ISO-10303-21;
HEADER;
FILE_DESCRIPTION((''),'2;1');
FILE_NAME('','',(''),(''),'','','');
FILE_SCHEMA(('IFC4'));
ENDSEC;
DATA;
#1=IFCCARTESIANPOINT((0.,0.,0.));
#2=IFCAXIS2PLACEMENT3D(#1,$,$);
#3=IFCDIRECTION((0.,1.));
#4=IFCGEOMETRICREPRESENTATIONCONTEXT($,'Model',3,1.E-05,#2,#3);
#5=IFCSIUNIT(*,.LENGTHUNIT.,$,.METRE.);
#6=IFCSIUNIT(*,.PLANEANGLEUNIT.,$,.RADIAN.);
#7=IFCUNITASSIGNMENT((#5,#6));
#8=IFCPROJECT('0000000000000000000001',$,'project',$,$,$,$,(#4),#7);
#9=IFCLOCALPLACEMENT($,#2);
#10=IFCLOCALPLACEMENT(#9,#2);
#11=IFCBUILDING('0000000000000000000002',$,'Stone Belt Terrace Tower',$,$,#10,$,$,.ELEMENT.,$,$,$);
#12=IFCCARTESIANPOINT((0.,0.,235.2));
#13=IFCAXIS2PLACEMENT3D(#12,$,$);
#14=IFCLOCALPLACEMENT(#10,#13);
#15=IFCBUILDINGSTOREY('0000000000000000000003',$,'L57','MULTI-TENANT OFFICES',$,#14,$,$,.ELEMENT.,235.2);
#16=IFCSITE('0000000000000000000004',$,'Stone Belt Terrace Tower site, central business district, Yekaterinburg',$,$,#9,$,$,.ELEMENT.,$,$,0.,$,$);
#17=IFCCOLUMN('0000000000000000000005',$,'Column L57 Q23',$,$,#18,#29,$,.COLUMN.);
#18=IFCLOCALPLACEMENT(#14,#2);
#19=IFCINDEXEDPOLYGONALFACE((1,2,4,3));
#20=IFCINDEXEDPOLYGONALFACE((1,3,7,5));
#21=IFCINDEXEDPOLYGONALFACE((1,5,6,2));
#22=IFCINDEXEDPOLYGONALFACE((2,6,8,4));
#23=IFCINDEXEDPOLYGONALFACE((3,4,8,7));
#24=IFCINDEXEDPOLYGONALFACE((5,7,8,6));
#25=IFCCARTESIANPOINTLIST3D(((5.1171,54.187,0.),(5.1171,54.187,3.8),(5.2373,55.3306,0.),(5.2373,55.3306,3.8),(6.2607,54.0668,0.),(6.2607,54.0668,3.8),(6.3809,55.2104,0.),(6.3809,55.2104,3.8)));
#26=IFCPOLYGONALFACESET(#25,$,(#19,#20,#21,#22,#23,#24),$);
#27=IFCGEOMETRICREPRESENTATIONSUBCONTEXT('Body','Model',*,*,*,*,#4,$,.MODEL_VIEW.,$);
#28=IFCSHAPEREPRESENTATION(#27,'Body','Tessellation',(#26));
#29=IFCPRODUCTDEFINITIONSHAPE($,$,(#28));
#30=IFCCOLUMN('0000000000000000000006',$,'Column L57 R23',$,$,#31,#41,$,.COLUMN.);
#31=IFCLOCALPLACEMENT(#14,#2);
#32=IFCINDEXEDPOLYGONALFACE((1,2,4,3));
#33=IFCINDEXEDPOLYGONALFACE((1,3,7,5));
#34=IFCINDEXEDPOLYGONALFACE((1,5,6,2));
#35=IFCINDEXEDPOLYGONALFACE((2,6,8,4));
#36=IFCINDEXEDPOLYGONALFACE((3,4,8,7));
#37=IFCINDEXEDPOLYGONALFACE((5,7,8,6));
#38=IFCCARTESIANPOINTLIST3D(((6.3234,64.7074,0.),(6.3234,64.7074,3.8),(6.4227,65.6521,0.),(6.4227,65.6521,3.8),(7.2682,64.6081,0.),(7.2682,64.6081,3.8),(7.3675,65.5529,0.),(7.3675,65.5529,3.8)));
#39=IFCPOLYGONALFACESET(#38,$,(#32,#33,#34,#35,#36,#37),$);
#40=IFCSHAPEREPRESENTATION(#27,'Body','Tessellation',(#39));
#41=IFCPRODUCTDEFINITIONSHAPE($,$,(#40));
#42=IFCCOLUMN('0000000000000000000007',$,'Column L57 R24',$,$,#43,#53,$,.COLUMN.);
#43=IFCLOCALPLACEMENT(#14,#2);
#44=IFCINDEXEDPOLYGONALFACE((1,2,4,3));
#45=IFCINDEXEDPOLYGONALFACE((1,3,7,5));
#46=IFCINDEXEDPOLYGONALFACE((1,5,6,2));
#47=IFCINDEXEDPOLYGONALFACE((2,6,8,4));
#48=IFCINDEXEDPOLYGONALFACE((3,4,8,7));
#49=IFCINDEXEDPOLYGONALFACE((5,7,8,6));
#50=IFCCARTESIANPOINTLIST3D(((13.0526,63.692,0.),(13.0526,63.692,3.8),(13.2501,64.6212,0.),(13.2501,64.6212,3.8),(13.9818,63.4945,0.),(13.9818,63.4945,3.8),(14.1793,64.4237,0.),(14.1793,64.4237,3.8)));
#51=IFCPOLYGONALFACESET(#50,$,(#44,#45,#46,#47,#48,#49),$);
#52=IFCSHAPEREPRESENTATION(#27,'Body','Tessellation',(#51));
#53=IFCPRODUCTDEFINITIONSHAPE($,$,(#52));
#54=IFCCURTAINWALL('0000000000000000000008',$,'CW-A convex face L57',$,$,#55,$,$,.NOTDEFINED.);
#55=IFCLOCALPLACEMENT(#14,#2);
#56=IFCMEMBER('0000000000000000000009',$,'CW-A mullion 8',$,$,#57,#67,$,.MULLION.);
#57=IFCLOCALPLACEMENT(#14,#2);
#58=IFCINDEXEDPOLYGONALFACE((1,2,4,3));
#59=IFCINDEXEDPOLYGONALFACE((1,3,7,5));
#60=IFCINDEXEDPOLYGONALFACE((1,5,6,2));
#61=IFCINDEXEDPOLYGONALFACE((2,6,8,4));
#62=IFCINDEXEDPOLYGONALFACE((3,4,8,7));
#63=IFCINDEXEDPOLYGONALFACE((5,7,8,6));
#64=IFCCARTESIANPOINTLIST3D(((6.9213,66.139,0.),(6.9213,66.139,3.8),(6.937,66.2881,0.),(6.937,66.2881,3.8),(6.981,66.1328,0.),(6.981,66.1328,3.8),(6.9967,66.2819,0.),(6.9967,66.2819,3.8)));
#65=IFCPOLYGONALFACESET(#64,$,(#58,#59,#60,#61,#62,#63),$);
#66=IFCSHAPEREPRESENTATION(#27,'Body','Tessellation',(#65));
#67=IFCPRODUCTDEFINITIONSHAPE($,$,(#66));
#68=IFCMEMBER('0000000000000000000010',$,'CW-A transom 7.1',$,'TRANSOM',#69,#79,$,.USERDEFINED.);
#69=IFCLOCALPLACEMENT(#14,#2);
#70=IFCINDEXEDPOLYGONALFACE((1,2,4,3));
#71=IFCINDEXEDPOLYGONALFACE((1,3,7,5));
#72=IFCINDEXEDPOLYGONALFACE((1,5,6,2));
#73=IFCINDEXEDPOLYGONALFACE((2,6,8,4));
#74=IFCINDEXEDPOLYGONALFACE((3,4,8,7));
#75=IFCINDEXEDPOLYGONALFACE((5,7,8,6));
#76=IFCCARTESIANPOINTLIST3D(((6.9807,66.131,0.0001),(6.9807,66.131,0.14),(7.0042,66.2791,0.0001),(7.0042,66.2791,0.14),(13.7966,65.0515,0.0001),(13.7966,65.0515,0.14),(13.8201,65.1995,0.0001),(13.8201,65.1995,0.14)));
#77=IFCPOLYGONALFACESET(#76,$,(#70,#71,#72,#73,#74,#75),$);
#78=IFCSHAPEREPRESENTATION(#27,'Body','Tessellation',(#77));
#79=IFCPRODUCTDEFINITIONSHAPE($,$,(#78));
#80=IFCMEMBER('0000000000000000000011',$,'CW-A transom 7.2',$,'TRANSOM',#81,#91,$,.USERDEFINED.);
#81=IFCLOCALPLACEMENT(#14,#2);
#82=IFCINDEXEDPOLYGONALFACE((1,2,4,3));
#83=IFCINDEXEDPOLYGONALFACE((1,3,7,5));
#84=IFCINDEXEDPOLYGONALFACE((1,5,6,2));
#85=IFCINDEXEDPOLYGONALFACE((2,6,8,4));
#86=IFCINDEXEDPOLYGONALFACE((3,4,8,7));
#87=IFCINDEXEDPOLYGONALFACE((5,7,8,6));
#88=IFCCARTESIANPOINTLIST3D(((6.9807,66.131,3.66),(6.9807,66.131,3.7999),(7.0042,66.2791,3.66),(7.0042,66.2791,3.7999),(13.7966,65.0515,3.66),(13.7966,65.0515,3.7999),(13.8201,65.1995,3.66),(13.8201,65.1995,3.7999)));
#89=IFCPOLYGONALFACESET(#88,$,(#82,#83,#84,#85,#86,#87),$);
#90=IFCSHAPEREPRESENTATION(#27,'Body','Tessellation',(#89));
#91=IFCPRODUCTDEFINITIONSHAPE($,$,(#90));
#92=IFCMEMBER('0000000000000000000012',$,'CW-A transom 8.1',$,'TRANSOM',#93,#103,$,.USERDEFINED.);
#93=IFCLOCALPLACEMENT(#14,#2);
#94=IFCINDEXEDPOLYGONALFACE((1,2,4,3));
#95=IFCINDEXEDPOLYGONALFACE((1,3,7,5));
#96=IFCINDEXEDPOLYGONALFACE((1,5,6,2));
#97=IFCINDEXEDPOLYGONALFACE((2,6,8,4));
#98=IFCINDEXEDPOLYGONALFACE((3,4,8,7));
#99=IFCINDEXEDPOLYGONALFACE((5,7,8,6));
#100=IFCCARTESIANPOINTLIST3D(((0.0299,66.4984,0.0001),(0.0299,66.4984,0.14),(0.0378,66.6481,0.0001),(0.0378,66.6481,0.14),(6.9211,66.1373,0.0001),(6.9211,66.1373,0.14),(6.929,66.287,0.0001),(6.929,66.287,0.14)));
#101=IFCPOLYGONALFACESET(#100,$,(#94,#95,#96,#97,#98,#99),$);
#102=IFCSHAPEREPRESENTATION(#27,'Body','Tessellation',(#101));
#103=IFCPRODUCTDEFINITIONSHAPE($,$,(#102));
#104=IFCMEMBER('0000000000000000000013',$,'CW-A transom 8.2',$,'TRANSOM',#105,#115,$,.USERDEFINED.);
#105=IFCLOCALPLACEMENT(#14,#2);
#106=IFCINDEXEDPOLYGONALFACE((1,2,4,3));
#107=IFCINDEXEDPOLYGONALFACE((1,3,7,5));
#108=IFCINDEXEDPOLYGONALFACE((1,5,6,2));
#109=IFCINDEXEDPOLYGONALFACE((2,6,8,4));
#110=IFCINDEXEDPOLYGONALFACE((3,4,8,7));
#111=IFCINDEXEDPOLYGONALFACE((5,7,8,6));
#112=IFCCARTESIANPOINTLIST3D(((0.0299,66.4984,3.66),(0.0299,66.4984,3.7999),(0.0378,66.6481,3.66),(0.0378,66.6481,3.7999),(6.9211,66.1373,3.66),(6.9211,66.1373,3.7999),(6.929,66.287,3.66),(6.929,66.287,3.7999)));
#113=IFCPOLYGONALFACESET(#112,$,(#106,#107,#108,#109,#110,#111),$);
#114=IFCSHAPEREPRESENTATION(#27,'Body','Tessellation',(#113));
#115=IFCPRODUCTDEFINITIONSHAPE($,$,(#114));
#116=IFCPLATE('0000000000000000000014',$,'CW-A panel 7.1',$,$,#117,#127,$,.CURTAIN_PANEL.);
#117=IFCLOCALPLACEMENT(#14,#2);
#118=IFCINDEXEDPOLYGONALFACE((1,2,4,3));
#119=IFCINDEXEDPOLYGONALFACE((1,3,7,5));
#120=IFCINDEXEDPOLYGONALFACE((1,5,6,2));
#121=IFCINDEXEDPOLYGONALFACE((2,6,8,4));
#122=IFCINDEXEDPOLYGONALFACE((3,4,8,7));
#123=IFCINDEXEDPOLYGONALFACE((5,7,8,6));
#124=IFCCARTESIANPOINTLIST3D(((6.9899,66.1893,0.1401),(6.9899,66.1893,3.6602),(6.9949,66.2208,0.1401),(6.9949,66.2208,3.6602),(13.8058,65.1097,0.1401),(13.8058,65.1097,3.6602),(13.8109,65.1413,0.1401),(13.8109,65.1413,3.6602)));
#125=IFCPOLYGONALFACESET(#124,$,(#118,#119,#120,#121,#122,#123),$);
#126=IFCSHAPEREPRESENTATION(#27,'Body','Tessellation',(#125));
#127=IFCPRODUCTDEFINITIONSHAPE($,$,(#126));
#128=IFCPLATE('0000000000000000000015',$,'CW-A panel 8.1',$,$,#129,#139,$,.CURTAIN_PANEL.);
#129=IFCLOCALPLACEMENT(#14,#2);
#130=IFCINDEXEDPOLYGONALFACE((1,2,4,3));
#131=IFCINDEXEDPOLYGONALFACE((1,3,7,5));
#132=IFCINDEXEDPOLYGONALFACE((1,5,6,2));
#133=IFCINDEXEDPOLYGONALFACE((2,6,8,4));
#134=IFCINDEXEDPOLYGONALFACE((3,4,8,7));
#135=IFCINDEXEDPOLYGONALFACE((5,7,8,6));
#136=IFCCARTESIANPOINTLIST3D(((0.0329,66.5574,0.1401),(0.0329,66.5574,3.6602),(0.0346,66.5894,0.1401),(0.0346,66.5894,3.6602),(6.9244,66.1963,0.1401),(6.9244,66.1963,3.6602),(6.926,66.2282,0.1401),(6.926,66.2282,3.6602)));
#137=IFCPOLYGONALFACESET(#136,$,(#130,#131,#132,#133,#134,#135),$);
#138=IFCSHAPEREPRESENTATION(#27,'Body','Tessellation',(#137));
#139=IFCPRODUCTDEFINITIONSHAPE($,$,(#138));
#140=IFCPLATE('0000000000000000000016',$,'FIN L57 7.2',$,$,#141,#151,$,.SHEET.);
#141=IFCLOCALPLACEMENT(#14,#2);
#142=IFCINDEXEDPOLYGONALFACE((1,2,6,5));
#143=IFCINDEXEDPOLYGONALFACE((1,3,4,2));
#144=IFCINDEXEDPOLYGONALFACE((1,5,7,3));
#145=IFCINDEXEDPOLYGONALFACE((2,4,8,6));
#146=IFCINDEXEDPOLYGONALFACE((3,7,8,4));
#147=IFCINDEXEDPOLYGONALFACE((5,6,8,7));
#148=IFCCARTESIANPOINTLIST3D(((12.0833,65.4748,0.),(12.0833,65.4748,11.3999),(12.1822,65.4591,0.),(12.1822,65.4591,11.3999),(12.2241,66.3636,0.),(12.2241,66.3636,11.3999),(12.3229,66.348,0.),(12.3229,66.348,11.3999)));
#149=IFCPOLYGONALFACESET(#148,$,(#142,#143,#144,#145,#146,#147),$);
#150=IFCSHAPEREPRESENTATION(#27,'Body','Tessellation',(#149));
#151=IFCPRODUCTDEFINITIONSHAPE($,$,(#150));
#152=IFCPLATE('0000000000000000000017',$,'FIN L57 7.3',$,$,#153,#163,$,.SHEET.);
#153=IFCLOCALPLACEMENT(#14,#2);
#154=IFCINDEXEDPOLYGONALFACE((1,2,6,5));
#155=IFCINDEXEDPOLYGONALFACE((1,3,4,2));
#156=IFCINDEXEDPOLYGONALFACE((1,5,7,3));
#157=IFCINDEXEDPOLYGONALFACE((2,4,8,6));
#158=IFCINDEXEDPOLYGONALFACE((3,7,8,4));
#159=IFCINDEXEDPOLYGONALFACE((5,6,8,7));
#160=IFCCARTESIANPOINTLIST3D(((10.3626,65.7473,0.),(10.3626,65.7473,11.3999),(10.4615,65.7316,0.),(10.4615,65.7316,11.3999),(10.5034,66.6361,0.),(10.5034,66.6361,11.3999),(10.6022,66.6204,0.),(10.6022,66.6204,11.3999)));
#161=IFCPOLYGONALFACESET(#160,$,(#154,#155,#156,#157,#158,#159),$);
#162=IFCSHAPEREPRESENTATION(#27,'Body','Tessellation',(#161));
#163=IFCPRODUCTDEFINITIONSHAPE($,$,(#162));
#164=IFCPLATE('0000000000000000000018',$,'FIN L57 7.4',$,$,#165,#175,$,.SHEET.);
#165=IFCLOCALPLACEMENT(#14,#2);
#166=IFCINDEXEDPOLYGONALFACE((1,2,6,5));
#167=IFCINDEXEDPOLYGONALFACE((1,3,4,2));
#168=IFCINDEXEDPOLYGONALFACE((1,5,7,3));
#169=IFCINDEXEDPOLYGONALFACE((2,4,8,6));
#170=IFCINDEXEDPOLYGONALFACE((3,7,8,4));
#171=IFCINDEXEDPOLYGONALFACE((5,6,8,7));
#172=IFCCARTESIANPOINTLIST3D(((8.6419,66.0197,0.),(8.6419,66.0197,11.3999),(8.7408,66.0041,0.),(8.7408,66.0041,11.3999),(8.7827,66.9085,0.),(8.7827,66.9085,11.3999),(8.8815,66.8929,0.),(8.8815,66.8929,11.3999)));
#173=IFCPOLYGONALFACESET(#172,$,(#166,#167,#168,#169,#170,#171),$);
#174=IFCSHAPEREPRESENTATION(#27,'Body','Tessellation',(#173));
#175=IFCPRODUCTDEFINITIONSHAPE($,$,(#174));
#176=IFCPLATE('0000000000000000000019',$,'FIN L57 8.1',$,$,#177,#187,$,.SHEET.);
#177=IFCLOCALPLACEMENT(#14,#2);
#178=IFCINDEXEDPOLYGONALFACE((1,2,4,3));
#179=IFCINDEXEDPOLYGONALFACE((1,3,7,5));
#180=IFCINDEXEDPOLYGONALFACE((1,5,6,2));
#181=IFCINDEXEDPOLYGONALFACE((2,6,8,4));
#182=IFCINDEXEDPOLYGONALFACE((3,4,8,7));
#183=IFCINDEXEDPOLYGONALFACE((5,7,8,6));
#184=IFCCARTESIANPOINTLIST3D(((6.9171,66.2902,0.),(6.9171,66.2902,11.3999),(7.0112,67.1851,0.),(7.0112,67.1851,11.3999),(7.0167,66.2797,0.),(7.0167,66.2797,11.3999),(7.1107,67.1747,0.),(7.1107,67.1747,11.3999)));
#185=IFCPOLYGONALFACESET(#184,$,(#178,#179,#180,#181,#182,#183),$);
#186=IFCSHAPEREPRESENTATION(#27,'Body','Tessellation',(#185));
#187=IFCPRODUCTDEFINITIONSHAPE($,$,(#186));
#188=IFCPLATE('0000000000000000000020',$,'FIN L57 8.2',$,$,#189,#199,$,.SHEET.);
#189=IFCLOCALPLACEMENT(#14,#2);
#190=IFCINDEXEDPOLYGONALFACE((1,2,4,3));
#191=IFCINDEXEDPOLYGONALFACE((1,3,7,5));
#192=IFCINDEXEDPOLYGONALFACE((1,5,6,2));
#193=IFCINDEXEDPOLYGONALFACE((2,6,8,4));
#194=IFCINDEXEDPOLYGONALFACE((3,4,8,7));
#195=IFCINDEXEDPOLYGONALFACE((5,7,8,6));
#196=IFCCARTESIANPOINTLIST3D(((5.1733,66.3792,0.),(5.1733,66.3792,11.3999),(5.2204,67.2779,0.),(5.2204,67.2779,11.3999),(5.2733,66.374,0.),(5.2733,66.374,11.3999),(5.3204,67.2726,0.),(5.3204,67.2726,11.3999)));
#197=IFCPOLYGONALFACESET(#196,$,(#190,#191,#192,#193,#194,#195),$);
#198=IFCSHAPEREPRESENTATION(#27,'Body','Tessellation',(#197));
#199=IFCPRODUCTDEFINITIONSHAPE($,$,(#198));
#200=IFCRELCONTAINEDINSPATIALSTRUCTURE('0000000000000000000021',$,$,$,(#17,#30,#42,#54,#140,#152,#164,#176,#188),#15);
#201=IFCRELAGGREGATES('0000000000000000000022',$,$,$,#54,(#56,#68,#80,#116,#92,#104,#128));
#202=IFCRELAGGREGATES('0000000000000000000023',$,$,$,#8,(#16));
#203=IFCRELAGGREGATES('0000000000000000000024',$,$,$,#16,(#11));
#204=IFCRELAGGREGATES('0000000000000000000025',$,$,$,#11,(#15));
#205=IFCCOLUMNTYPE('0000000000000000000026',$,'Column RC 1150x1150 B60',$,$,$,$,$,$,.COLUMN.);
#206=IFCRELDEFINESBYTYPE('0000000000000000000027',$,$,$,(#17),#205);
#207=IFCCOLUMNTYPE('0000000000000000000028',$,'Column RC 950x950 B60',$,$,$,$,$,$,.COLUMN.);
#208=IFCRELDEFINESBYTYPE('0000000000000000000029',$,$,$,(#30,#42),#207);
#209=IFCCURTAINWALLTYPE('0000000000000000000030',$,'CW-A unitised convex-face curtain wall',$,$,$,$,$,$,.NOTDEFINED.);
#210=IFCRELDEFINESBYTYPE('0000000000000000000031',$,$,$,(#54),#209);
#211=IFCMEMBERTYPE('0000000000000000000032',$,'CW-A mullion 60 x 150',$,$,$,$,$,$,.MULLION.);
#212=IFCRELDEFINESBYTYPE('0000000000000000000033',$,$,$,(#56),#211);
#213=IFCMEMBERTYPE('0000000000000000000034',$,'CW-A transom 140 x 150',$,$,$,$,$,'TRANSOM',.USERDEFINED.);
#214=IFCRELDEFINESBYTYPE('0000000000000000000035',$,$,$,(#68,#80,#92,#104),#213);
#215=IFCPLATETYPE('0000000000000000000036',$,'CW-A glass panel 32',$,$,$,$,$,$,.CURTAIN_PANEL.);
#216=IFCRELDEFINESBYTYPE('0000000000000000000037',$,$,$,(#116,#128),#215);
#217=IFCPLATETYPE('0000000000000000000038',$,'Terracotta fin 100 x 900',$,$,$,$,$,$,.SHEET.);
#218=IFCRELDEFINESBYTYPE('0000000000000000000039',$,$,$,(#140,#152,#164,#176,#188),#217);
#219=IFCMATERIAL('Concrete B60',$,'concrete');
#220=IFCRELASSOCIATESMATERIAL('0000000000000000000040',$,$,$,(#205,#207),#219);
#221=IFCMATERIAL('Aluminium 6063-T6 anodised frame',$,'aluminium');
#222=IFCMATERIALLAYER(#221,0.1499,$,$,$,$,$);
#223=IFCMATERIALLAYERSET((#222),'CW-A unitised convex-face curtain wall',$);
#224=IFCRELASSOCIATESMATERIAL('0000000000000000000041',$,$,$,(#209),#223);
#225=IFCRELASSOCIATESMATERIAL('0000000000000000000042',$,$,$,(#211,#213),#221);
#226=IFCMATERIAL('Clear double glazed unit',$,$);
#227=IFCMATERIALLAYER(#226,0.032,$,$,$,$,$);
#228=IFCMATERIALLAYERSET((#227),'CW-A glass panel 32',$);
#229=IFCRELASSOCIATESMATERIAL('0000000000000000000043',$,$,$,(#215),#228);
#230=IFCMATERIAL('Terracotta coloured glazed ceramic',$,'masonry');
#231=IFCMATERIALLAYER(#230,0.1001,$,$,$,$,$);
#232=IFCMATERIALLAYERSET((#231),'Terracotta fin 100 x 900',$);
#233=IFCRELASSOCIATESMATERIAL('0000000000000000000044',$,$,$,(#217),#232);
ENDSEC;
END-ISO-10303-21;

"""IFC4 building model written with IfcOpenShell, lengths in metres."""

from ifc_helpers import new_model, si_unit, direction, frame, origin, origin_2d, place, context, subcontext, project, spatial, rectangle, extrude, material, layer, layer_set, material_profile, profile_set, type_object, element, aggregate, save


model = new_model("IFC4")

# Units and contexts
model_context = context("Model", 3, precision=1e-05, world=origin(), true_north=direction((0.0, 1.0)))
body_context = subcontext(model_context, "Body", "Model", "MODEL_VIEW")
ifc_project = project(units=[si_unit("LENGTHUNIT", "METRE"), si_unit("PLANEANGLEUNIT", "RADIAN")], contexts=[model_context])

# Site, building, storey
site_placement = place(None, origin())
site = spatial("IfcSite", under=ifc_project, at=site_placement, Name="Stone Belt Terrace Tower site, central business district, Yekaterinburg", CompositionType="ELEMENT", RefElevation=0.0)
building_placement = place(site_placement, origin())
building = spatial("IfcBuilding", under=site, at=building_placement, Name="Stone Belt Terrace Tower", CompositionType="ELEMENT")
storey_placement = place(building_placement, frame((0.0, 0.0, 235.2)))
storey = spatial("IfcBuildingStorey", under=building, at=storey_placement, Name="L57", Description="MULTI-TENANT OFFICES", CompositionType="ELEMENT", Elevation=235.2)

# Columns
ifc_material_1 = material(Name="Concrete B60", Category="concrete")
ifc_material_profile_1 = material_profile(ifc_material_1, rectangle(XDim=1.1499, YDim=1.1499, at=origin_2d()), Name="RC 1150x1150")
ifc_profile_set_1 = profile_set([ifc_material_profile_1], Name="Concrete B60")
column_type_1 = type_object("IfcColumnType", Name="Column RC 1150x1150 B60", PredefinedType="COLUMN", material=ifc_profile_set_1)
column_placement = place(storey_placement, frame((5.749, 54.6987, 0.0), z_axis=(0.0, 0.0, 1.0), x_axis=(0.994522, -0.104528, 0.0)))
element("IfcColumn", 1, at=column_placement, inside=storey, type_object=column_type_1, Name="Column L57 Q23", PredefinedType="COLUMN", context=body_context, shape_type="SweptSolid", body=[
    extrude(rectangle(XDim=1.1499, YDim=1.1499, at=origin_2d()), origin(), (0.0, 0.0, 1.0), 3.8),
])
ifc_material_profile_2 = material_profile(ifc_material_1, rectangle(XDim=0.95, YDim=0.95, at=origin_2d()), Name="RC 950x950")
ifc_profile_set_2 = profile_set([ifc_material_profile_2], Name="Concrete B60")
column_type_2 = type_object("IfcColumnType", Name="Column RC 950x950 B60", PredefinedType="COLUMN", material=ifc_profile_set_2)
for number, where, z_axis, x_axis, name in (
    (2, (6.8455, 65.1301, 0.0), (0.0, 0.0, 1.0), (0.994522, -0.104528, 0.0), "Column L57 R23"),
    (3, (13.616, 64.0579, 0.0), (0.0, 0.0, 1.0), (0.978148, -0.207912, 0.0), "Column L57 R24"),
):
    element("IfcColumn", number, at=place(storey_placement, frame(where, z_axis=z_axis, x_axis=x_axis)), inside=storey, type_object=column_type_2, Name=name, PredefinedType="COLUMN", context=body_context, shape_type="SweptSolid", body=[
        extrude(rectangle(XDim=0.95, YDim=0.95, at=origin_2d()), origin(), (0.0, 0.0, 1.0), 3.8),
    ])

# Curtain wall, members, plates
ifc_material_2 = material(Name="Aluminium 6063-T6 anodised frame", Category="aluminium")
ifc_layer_1 = layer(ifc_material_2, 0.1499)
ifc_layer_set_1 = layer_set([ifc_layer_1], Name="CW-A unitised convex-face curtain wall")
curtain_wall_type = type_object("IfcCurtainWallType", Name="CW-A unitised convex-face curtain wall", PredefinedType="NOTDEFINED", material=ifc_layer_set_1)
curtain_wall_placement = place(storey_placement, origin())
curtain_wall = element("IfcCurtainWall", 4, at=curtain_wall_placement, inside=storey, type_object=curtain_wall_type, Name="CW-A convex face L57", PredefinedType="NOTDEFINED")
ifc_material_profile_3 = material_profile(ifc_material_2, rectangle(XDim=0.1499, YDim=0.0601, at=origin_2d()), Name="Aluminium 6063-T6 60x150")
ifc_profile_set_3 = profile_set([ifc_material_profile_3], Name="Aluminium 6063-T6 anodised frame")
member_type_1 = type_object("IfcMemberType", Name="CW-A mullion 60 x 150", PredefinedType="MULLION", material=ifc_profile_set_3)
member_1_placement = place(storey_placement, frame((6.959, 66.2104, 0.0), z_axis=(0.0, 0.0, 1.0), x_axis=(-0.104528, -0.994522, 0.0)))
member_1 = element("IfcMember", 5, at=member_1_placement, type_object=member_type_1, Name="CW-A mullion 8", PredefinedType="MULLION", context=body_context, shape_type="SweptSolid", body=[
    extrude(rectangle(XDim=0.1499, YDim=0.0601, at=origin_2d()), origin(), (0.0, 0.0, 1.0), 3.8),
])
ifc_material_profile_4 = material_profile(ifc_material_2, rectangle(XDim=0.1499, YDim=0.1399, at=origin_2d()), Name="Aluminium 6063-T6 150x140")
ifc_profile_set_4 = profile_set([ifc_material_profile_4], Name="Aluminium 6063-T6 anodised frame")
member_type_2 = type_object("IfcMemberType", Name="CW-A transom 140 x 150", ElementType="TRANSOM", PredefinedType="USERDEFINED", material=ifc_profile_set_4)
member_2_placement = place(storey_placement, frame((13.8083, 65.1255, 0.0701), z_axis=(-0.987687, 0.156442, 0.0), x_axis=(-0.156442, -0.987687, 0.0)))
member_2 = element("IfcMember", 6, at=member_2_placement, type_object=member_type_2, Name="CW-A transom 7.1", ObjectType="TRANSOM", PredefinedType="USERDEFINED", context=body_context, shape_type="SweptSolid", body=[
    extrude(rectangle(XDim=0.1499, YDim=0.1399, at=origin_2d()), origin(), (0.0, 0.0, 1.0), 6.9009),
])
member_3_placement = place(storey_placement, frame((13.8083, 65.1255, 3.73), z_axis=(-0.987687, 0.156442, 0.0), x_axis=(-0.156442, -0.987687, 0.0)))
member_3 = element("IfcMember", 7, at=member_3_placement, type_object=member_type_2, Name="CW-A transom 7.2", ObjectType="TRANSOM", PredefinedType="USERDEFINED", context=body_context, shape_type="SweptSolid", body=[
    extrude(rectangle(XDim=0.1499, YDim=0.1399, at=origin_2d()), origin(), (0.0, 0.0, 1.0), 6.9009),
])
member_4_placement = place(storey_placement, frame((6.925, 66.2122, 0.0701), z_axis=(-0.99863, 0.052327, 0.0), x_axis=(-0.052327, -0.99863, 0.0)))
member_4 = element("IfcMember", 8, at=member_4_placement, type_object=member_type_2, Name="CW-A transom 8.1", ObjectType="TRANSOM", PredefinedType="USERDEFINED", context=body_context, shape_type="SweptSolid", body=[
    extrude(rectangle(XDim=0.1499, YDim=0.1399, at=origin_2d()), origin(), (0.0, 0.0, 1.0), 6.9006),
])
member_5_placement = place(storey_placement, frame((6.925, 66.2122, 3.73), z_axis=(-0.99863, 0.052327, 0.0), x_axis=(-0.052327, -0.99863, 0.0)))
member_5 = element("IfcMember", 9, at=member_5_placement, type_object=member_type_2, Name="CW-A transom 8.2", ObjectType="TRANSOM", PredefinedType="USERDEFINED", context=body_context, shape_type="SweptSolid", body=[
    extrude(rectangle(XDim=0.1499, YDim=0.1399, at=origin_2d()), origin(), (0.0, 0.0, 1.0), 6.9006),
])
ifc_material_3 = material(Name="Clear double glazed unit")
ifc_layer_2 = layer(ifc_material_3, 0.032)
ifc_layer_set_2 = layer_set([ifc_layer_2], Name="CW-A glass panel 32")
plate_type_1 = type_object("IfcPlateType", Name="CW-A glass panel 32", PredefinedType="CURTAIN_PANEL", material=ifc_layer_set_2)
plate_1_placement = place(storey_placement, frame((10.4004, 65.6653, 0.1401), z_axis=(0.0, 0.0, 1.0), x_axis=(-0.987688, 0.156434, 0.0)))
plate_1 = element("IfcPlate", 10, at=plate_1_placement, type_object=plate_type_1, Name="CW-A panel 7.1", PredefinedType="CURTAIN_PANEL", context=body_context, shape_type="SweptSolid", body=[
    extrude(rectangle(XDim=6.9009, YDim=0.032, at=origin_2d()), origin(), (0.0, 0.0, 1.0), 3.52),
])
plate_2_placement = place(storey_placement, frame((3.4795, 66.3928, 0.1401), z_axis=(0.0, 0.0, 1.0), x_axis=(-0.99863, 0.052336, 0.0)))
plate_2 = element("IfcPlate", 11, at=plate_2_placement, type_object=plate_type_1, Name="CW-A panel 8.1", PredefinedType="CURTAIN_PANEL", context=body_context, shape_type="SweptSolid", body=[
    extrude(rectangle(XDim=6.9009, YDim=0.032, at=origin_2d()), origin(), (0.0, 0.0, 1.0), 3.52),
])
aggregate(curtain_wall, [member_1, member_2, member_3, plate_1, member_4, member_5, plate_2])

# Plates
ifc_material_4 = material(Name="Terracotta coloured glazed ceramic", Category="masonry")
ifc_layer_3 = layer(ifc_material_4, 0.1001)
ifc_layer_set_3 = layer_set([ifc_layer_3], Name="Terracotta fin 100 x 900")
plate_type_2 = type_object("IfcPlateType", Name="Terracotta fin 100 x 900", PredefinedType="SHEET", material=ifc_layer_set_3)
for number, where, z_axis, x_axis, name in (
    (12, (12.2031, 65.9114, 0.0), (0.0, 0.0, 1.0), (0.156434, 0.987688, 0.0), "FIN L57 7.2"),
    (13, (10.4824, 66.1838, 0.0), (0.0, 0.0, 1.0), (0.156434, 0.987688, 0.0), "FIN L57 7.3"),
    (14, (8.7617, 66.4563, 0.0), (0.0, 0.0, 1.0), (0.156434, 0.987688, 0.0), "FIN L57 7.4"),
    (15, (7.0139, 66.7324, 0.0), (0.0, 0.0, 1.0), (0.104528, 0.994522, 0.0), "FIN L57 8.1"),
    (16, (5.2468, 66.8259, 0.0), (0.0, 0.0, 1.0), (0.052336, 0.99863, 0.0), "FIN L57 8.2"),
):
    element("IfcPlate", number, at=place(storey_placement, frame(where, z_axis=z_axis, x_axis=x_axis)), inside=storey, type_object=plate_type_2, Name=name, PredefinedType="SHEET", context=body_context, shape_type="SweptSolid", body=[
        extrude(rectangle(XDim=0.8999, YDim=0.1001, at=origin_2d()), origin(), (0.0, 0.0, 1.0), 11.3999),
    ])

save(model, "model.ifc")
